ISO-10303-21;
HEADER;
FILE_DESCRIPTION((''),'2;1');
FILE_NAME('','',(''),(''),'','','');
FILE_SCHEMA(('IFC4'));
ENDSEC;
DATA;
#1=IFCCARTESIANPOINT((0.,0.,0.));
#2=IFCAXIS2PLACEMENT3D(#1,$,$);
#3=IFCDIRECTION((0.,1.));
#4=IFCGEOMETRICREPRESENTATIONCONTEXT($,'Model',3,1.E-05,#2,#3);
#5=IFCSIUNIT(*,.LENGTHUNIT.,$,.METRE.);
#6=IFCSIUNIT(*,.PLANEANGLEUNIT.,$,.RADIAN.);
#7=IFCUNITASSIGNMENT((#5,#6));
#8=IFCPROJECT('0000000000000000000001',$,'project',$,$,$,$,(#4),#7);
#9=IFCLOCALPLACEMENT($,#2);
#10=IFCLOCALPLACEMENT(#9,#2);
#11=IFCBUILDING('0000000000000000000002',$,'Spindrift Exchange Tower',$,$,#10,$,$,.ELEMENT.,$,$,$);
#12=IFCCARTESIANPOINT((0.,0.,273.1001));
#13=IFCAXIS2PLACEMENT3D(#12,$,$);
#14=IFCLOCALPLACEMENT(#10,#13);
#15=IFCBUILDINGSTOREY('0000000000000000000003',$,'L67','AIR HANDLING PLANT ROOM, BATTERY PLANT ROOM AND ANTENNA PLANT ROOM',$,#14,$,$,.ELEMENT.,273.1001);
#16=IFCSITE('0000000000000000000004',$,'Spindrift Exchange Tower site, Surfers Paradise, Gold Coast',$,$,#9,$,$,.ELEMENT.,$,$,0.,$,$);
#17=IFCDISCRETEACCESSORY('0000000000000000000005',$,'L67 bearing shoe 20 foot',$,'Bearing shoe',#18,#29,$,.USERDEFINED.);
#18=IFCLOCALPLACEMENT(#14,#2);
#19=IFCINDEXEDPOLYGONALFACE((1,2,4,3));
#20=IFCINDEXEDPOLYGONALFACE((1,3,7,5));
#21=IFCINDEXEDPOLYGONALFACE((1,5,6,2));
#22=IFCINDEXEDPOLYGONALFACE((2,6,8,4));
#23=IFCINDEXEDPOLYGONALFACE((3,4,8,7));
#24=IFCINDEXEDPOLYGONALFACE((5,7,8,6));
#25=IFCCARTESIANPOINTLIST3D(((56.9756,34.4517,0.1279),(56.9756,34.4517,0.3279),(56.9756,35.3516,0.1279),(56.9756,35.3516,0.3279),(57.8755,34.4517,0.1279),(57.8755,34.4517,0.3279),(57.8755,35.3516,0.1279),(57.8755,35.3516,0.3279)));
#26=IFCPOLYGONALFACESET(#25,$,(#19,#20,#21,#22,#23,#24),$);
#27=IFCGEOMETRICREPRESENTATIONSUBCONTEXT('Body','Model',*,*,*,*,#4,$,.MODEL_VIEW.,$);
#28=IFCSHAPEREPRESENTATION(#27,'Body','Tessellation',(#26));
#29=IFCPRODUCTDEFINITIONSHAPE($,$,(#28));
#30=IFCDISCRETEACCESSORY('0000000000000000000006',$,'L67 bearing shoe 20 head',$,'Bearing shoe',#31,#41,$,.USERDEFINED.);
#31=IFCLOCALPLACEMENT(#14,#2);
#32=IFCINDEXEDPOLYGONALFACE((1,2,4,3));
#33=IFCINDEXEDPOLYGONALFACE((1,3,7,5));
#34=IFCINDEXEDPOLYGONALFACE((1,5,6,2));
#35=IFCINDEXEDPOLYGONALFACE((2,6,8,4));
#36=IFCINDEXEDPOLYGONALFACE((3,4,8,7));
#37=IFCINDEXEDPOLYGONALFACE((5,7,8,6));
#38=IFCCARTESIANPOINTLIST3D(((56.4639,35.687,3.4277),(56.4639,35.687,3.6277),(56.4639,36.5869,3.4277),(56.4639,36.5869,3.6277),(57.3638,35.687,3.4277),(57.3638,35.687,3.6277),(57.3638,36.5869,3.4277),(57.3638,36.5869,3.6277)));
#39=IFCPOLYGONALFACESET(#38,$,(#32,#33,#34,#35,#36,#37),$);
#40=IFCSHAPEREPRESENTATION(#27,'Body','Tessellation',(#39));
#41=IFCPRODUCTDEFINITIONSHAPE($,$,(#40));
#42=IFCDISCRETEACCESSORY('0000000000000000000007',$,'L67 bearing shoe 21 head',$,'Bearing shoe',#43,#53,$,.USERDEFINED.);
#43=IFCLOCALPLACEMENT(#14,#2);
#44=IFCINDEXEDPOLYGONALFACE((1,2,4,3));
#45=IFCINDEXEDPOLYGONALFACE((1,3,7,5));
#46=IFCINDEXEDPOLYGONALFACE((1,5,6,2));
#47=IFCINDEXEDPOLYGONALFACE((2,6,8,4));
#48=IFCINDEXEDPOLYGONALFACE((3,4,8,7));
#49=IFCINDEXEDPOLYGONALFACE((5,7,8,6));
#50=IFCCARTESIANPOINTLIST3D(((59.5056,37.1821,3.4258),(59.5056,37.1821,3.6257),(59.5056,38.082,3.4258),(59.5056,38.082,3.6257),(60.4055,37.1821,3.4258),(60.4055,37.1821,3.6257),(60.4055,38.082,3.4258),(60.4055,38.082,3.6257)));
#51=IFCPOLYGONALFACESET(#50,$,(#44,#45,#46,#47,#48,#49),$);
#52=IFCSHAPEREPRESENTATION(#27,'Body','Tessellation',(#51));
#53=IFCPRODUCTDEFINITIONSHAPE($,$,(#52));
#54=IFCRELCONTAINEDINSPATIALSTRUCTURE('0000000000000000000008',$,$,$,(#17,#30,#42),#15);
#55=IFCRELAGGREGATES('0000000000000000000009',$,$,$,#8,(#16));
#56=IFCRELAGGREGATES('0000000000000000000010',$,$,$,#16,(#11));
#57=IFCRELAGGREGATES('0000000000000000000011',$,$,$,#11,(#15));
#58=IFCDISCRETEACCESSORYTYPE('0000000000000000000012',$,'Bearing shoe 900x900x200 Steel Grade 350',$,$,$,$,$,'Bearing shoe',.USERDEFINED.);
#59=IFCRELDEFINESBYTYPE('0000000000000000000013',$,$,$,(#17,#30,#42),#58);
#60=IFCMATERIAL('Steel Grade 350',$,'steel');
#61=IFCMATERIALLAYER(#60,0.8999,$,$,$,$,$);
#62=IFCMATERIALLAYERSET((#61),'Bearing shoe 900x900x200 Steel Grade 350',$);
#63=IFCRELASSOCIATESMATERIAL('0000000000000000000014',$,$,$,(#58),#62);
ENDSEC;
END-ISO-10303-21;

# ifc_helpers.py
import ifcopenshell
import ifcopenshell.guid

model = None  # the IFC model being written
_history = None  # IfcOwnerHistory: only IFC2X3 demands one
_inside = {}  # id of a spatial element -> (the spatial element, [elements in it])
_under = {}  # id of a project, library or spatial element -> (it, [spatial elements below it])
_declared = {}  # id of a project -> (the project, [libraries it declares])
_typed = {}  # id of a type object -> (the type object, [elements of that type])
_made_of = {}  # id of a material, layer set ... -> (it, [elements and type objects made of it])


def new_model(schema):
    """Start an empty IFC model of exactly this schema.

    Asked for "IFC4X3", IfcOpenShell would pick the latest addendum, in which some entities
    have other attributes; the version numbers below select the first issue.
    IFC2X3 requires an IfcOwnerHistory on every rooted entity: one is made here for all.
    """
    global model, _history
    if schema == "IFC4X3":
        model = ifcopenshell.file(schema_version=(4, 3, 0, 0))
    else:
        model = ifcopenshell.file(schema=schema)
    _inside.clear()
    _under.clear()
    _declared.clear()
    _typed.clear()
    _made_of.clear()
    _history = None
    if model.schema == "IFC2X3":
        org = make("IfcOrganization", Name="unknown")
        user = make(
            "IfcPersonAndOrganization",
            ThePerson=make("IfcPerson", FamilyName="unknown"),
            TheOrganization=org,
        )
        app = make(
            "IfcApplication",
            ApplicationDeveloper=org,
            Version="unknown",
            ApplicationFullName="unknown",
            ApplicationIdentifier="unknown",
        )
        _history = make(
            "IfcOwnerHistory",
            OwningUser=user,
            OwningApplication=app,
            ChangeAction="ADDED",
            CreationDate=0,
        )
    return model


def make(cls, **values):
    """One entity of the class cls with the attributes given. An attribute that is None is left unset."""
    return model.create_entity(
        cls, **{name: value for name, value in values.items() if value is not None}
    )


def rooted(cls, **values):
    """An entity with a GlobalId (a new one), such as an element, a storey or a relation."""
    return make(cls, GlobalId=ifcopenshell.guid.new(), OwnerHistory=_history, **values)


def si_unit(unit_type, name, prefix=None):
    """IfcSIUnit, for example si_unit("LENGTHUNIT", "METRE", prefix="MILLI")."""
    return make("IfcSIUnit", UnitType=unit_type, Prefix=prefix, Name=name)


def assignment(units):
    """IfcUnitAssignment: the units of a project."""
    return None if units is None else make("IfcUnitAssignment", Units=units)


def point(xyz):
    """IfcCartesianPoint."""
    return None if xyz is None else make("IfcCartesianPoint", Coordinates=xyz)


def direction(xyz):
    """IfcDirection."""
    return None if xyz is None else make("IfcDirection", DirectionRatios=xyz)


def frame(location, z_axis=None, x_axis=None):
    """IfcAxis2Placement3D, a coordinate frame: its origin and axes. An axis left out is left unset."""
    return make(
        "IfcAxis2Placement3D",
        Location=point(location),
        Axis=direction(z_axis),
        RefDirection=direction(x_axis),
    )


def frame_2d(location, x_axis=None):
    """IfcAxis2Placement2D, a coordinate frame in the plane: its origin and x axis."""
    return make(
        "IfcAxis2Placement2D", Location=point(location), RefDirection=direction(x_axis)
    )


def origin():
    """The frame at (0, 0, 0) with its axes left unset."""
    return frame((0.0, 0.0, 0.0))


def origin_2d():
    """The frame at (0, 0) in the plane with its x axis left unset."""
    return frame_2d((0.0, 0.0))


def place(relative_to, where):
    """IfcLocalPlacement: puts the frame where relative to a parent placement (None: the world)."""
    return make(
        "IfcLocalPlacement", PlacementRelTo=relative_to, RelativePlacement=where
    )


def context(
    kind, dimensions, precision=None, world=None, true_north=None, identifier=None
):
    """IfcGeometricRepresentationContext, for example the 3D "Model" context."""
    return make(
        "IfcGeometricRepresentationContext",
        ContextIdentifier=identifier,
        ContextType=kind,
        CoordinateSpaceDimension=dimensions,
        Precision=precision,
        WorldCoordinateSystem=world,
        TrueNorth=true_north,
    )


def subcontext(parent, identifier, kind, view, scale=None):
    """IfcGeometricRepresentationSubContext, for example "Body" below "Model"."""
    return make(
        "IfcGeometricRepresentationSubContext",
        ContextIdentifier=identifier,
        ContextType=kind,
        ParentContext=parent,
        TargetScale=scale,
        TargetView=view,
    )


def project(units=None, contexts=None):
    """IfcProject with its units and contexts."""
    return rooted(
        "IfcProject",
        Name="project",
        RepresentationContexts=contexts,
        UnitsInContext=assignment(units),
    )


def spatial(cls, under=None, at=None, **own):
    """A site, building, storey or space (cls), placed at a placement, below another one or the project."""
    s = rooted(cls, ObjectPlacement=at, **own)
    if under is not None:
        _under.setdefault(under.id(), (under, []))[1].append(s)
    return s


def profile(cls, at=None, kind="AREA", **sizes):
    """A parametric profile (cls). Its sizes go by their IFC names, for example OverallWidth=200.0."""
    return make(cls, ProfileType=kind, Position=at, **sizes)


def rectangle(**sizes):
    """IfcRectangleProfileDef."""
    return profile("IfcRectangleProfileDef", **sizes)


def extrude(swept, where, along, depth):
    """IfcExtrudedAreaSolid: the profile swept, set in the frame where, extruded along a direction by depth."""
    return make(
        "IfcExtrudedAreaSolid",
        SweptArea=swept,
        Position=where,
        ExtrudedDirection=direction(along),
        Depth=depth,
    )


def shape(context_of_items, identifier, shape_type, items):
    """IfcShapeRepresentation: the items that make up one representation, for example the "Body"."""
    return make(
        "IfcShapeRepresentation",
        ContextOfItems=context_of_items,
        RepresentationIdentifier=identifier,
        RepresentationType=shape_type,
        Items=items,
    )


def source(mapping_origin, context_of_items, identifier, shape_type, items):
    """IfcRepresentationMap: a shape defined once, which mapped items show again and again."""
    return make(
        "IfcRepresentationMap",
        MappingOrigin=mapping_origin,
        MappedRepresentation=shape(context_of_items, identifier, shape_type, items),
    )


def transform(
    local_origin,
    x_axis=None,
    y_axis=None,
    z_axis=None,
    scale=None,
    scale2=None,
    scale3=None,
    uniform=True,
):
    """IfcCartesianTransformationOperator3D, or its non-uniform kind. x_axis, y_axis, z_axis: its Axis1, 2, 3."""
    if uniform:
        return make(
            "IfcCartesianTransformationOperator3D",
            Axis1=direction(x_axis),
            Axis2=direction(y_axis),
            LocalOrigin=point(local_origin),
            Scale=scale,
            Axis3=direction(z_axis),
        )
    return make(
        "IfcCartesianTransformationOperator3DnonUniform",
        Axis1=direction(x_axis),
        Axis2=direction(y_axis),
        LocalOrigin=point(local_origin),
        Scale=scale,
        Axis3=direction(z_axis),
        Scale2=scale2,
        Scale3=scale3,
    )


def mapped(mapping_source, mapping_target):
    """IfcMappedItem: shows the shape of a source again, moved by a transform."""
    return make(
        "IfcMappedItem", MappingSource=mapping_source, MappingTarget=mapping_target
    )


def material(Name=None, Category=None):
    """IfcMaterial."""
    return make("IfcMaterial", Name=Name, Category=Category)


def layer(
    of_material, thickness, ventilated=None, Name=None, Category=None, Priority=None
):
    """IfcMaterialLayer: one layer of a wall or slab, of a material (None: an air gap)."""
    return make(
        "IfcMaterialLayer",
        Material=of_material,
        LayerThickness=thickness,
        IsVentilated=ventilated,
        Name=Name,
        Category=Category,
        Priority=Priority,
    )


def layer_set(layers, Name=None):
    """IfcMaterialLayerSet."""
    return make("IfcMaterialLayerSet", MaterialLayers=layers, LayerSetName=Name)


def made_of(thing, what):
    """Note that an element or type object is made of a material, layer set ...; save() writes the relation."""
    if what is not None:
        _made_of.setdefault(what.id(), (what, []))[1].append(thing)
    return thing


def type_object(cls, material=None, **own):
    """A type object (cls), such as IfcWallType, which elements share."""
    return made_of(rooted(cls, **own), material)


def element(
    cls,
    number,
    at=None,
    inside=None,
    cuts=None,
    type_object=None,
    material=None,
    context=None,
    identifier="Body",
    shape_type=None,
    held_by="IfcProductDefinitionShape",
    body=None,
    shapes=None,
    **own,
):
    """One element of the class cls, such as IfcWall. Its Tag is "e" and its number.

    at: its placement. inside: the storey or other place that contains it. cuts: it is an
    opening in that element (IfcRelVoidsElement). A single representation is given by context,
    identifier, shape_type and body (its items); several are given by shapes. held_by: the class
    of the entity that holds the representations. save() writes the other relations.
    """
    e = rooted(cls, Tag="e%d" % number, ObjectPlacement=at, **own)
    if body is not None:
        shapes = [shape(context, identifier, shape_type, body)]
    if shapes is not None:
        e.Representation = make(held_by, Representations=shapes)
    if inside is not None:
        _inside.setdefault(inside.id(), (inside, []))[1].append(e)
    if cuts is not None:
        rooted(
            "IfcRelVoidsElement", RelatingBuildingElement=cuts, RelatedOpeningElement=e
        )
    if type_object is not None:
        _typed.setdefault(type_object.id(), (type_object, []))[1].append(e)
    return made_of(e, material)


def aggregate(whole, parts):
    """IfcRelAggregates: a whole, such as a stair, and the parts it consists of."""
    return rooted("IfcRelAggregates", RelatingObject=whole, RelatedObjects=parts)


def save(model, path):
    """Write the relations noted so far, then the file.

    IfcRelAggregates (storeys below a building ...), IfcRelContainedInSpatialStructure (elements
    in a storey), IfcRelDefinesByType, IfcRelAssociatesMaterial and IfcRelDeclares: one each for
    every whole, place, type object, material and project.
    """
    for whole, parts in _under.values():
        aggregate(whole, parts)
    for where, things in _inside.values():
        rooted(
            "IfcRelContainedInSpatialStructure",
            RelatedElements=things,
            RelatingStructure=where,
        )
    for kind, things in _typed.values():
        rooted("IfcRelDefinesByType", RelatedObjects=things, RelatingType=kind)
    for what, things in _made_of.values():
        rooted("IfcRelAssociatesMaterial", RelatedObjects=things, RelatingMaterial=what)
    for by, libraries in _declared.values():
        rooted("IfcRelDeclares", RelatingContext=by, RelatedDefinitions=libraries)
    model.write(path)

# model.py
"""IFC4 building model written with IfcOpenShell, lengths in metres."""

from ifc_helpers import new_model, si_unit, direction, frame, origin, origin_2d, place, context, subcontext, project, spatial, rectangle, extrude, source, transform, mapped, material, layer, layer_set, type_object, element, save


model = new_model("IFC4")

# Units and contexts
model_context = context("Model", 3, precision=1e-05, world=origin(), true_north=direction((0.0, 1.0)))
body_context = subcontext(model_context, "Body", "Model", "MODEL_VIEW")
ifc_project = project(units=[si_unit("LENGTHUNIT", "METRE"), si_unit("PLANEANGLEUNIT", "RADIAN")], contexts=[model_context])

# Site, building, storey
site_placement = place(None, origin())
site = spatial("IfcSite", under=ifc_project, at=site_placement, Name="Spindrift Exchange Tower site, Surfers Paradise, Gold Coast", CompositionType="ELEMENT", RefElevation=0.0)
building_placement = place(site_placement, origin())
building = spatial("IfcBuilding", under=site, at=building_placement, Name="Spindrift Exchange Tower", CompositionType="ELEMENT")
storey_placement = place(building_placement, frame((0.0, 0.0, 273.1001)))
storey = spatial("IfcBuildingStorey", under=building, at=storey_placement, Name="L67", Description="AIR HANDLING PLANT ROOM, BATTERY PLANT ROOM AND ANTENNA PLANT ROOM", CompositionType="ELEMENT", Elevation=273.1001)

# Discrete accessories
ifc_material_1 = material(Name="Steel Grade 350", Category="steel")
ifc_layer_1 = layer(ifc_material_1, 0.8999)
ifc_layer_set_1 = layer_set([ifc_layer_1], Name="Bearing shoe 900x900x200 Steel Grade 350")
discrete_accessory_type = type_object("IfcDiscreteAccessoryType", Name="Bearing shoe 900x900x200 Steel Grade 350", ElementType="Bearing shoe", PredefinedType="USERDEFINED", material=ifc_layer_set_1)
shared_shape_1 = source(origin(), body_context, "Body", "SweptSolid", [
    extrude(rectangle(XDim=0.8999, YDim=0.8999, at=origin_2d()), origin(), (0.0, 0.0, 1.0), 0.2),
])
for number, where, z_axis, x_axis, name in (
    (1, (57.4255, 34.9016, 0.1279), (0.0, 0.0, 1.0), (1.0, 0.0, 0.0), "L67 bearing shoe 20 foot"),
    (2, (56.9138, 36.137, 3.4277), (0.0, 0.0, 1.0), (1.0, 0.0, 0.0), "L67 bearing shoe 20 head"),
    (3, (59.9556, 37.6321, 3.4258), (0.0, 0.0, 1.0), (1.0, 0.0, 0.0), "L67 bearing shoe 21 head"),
):
    element("IfcDiscreteAccessory", number, at=place(storey_placement, frame(where, z_axis=z_axis, x_axis=x_axis)), inside=storey, type_object=discrete_accessory_type, Name=name, ObjectType="Bearing shoe", PredefinedType="USERDEFINED", context=body_context, shape_type="MappedRepresentation", body=[
        mapped(shared_shape_1, transform((0.0, 0.0, 0.0), scale=1.0)),
    ])

save(model, "model.ifc")
